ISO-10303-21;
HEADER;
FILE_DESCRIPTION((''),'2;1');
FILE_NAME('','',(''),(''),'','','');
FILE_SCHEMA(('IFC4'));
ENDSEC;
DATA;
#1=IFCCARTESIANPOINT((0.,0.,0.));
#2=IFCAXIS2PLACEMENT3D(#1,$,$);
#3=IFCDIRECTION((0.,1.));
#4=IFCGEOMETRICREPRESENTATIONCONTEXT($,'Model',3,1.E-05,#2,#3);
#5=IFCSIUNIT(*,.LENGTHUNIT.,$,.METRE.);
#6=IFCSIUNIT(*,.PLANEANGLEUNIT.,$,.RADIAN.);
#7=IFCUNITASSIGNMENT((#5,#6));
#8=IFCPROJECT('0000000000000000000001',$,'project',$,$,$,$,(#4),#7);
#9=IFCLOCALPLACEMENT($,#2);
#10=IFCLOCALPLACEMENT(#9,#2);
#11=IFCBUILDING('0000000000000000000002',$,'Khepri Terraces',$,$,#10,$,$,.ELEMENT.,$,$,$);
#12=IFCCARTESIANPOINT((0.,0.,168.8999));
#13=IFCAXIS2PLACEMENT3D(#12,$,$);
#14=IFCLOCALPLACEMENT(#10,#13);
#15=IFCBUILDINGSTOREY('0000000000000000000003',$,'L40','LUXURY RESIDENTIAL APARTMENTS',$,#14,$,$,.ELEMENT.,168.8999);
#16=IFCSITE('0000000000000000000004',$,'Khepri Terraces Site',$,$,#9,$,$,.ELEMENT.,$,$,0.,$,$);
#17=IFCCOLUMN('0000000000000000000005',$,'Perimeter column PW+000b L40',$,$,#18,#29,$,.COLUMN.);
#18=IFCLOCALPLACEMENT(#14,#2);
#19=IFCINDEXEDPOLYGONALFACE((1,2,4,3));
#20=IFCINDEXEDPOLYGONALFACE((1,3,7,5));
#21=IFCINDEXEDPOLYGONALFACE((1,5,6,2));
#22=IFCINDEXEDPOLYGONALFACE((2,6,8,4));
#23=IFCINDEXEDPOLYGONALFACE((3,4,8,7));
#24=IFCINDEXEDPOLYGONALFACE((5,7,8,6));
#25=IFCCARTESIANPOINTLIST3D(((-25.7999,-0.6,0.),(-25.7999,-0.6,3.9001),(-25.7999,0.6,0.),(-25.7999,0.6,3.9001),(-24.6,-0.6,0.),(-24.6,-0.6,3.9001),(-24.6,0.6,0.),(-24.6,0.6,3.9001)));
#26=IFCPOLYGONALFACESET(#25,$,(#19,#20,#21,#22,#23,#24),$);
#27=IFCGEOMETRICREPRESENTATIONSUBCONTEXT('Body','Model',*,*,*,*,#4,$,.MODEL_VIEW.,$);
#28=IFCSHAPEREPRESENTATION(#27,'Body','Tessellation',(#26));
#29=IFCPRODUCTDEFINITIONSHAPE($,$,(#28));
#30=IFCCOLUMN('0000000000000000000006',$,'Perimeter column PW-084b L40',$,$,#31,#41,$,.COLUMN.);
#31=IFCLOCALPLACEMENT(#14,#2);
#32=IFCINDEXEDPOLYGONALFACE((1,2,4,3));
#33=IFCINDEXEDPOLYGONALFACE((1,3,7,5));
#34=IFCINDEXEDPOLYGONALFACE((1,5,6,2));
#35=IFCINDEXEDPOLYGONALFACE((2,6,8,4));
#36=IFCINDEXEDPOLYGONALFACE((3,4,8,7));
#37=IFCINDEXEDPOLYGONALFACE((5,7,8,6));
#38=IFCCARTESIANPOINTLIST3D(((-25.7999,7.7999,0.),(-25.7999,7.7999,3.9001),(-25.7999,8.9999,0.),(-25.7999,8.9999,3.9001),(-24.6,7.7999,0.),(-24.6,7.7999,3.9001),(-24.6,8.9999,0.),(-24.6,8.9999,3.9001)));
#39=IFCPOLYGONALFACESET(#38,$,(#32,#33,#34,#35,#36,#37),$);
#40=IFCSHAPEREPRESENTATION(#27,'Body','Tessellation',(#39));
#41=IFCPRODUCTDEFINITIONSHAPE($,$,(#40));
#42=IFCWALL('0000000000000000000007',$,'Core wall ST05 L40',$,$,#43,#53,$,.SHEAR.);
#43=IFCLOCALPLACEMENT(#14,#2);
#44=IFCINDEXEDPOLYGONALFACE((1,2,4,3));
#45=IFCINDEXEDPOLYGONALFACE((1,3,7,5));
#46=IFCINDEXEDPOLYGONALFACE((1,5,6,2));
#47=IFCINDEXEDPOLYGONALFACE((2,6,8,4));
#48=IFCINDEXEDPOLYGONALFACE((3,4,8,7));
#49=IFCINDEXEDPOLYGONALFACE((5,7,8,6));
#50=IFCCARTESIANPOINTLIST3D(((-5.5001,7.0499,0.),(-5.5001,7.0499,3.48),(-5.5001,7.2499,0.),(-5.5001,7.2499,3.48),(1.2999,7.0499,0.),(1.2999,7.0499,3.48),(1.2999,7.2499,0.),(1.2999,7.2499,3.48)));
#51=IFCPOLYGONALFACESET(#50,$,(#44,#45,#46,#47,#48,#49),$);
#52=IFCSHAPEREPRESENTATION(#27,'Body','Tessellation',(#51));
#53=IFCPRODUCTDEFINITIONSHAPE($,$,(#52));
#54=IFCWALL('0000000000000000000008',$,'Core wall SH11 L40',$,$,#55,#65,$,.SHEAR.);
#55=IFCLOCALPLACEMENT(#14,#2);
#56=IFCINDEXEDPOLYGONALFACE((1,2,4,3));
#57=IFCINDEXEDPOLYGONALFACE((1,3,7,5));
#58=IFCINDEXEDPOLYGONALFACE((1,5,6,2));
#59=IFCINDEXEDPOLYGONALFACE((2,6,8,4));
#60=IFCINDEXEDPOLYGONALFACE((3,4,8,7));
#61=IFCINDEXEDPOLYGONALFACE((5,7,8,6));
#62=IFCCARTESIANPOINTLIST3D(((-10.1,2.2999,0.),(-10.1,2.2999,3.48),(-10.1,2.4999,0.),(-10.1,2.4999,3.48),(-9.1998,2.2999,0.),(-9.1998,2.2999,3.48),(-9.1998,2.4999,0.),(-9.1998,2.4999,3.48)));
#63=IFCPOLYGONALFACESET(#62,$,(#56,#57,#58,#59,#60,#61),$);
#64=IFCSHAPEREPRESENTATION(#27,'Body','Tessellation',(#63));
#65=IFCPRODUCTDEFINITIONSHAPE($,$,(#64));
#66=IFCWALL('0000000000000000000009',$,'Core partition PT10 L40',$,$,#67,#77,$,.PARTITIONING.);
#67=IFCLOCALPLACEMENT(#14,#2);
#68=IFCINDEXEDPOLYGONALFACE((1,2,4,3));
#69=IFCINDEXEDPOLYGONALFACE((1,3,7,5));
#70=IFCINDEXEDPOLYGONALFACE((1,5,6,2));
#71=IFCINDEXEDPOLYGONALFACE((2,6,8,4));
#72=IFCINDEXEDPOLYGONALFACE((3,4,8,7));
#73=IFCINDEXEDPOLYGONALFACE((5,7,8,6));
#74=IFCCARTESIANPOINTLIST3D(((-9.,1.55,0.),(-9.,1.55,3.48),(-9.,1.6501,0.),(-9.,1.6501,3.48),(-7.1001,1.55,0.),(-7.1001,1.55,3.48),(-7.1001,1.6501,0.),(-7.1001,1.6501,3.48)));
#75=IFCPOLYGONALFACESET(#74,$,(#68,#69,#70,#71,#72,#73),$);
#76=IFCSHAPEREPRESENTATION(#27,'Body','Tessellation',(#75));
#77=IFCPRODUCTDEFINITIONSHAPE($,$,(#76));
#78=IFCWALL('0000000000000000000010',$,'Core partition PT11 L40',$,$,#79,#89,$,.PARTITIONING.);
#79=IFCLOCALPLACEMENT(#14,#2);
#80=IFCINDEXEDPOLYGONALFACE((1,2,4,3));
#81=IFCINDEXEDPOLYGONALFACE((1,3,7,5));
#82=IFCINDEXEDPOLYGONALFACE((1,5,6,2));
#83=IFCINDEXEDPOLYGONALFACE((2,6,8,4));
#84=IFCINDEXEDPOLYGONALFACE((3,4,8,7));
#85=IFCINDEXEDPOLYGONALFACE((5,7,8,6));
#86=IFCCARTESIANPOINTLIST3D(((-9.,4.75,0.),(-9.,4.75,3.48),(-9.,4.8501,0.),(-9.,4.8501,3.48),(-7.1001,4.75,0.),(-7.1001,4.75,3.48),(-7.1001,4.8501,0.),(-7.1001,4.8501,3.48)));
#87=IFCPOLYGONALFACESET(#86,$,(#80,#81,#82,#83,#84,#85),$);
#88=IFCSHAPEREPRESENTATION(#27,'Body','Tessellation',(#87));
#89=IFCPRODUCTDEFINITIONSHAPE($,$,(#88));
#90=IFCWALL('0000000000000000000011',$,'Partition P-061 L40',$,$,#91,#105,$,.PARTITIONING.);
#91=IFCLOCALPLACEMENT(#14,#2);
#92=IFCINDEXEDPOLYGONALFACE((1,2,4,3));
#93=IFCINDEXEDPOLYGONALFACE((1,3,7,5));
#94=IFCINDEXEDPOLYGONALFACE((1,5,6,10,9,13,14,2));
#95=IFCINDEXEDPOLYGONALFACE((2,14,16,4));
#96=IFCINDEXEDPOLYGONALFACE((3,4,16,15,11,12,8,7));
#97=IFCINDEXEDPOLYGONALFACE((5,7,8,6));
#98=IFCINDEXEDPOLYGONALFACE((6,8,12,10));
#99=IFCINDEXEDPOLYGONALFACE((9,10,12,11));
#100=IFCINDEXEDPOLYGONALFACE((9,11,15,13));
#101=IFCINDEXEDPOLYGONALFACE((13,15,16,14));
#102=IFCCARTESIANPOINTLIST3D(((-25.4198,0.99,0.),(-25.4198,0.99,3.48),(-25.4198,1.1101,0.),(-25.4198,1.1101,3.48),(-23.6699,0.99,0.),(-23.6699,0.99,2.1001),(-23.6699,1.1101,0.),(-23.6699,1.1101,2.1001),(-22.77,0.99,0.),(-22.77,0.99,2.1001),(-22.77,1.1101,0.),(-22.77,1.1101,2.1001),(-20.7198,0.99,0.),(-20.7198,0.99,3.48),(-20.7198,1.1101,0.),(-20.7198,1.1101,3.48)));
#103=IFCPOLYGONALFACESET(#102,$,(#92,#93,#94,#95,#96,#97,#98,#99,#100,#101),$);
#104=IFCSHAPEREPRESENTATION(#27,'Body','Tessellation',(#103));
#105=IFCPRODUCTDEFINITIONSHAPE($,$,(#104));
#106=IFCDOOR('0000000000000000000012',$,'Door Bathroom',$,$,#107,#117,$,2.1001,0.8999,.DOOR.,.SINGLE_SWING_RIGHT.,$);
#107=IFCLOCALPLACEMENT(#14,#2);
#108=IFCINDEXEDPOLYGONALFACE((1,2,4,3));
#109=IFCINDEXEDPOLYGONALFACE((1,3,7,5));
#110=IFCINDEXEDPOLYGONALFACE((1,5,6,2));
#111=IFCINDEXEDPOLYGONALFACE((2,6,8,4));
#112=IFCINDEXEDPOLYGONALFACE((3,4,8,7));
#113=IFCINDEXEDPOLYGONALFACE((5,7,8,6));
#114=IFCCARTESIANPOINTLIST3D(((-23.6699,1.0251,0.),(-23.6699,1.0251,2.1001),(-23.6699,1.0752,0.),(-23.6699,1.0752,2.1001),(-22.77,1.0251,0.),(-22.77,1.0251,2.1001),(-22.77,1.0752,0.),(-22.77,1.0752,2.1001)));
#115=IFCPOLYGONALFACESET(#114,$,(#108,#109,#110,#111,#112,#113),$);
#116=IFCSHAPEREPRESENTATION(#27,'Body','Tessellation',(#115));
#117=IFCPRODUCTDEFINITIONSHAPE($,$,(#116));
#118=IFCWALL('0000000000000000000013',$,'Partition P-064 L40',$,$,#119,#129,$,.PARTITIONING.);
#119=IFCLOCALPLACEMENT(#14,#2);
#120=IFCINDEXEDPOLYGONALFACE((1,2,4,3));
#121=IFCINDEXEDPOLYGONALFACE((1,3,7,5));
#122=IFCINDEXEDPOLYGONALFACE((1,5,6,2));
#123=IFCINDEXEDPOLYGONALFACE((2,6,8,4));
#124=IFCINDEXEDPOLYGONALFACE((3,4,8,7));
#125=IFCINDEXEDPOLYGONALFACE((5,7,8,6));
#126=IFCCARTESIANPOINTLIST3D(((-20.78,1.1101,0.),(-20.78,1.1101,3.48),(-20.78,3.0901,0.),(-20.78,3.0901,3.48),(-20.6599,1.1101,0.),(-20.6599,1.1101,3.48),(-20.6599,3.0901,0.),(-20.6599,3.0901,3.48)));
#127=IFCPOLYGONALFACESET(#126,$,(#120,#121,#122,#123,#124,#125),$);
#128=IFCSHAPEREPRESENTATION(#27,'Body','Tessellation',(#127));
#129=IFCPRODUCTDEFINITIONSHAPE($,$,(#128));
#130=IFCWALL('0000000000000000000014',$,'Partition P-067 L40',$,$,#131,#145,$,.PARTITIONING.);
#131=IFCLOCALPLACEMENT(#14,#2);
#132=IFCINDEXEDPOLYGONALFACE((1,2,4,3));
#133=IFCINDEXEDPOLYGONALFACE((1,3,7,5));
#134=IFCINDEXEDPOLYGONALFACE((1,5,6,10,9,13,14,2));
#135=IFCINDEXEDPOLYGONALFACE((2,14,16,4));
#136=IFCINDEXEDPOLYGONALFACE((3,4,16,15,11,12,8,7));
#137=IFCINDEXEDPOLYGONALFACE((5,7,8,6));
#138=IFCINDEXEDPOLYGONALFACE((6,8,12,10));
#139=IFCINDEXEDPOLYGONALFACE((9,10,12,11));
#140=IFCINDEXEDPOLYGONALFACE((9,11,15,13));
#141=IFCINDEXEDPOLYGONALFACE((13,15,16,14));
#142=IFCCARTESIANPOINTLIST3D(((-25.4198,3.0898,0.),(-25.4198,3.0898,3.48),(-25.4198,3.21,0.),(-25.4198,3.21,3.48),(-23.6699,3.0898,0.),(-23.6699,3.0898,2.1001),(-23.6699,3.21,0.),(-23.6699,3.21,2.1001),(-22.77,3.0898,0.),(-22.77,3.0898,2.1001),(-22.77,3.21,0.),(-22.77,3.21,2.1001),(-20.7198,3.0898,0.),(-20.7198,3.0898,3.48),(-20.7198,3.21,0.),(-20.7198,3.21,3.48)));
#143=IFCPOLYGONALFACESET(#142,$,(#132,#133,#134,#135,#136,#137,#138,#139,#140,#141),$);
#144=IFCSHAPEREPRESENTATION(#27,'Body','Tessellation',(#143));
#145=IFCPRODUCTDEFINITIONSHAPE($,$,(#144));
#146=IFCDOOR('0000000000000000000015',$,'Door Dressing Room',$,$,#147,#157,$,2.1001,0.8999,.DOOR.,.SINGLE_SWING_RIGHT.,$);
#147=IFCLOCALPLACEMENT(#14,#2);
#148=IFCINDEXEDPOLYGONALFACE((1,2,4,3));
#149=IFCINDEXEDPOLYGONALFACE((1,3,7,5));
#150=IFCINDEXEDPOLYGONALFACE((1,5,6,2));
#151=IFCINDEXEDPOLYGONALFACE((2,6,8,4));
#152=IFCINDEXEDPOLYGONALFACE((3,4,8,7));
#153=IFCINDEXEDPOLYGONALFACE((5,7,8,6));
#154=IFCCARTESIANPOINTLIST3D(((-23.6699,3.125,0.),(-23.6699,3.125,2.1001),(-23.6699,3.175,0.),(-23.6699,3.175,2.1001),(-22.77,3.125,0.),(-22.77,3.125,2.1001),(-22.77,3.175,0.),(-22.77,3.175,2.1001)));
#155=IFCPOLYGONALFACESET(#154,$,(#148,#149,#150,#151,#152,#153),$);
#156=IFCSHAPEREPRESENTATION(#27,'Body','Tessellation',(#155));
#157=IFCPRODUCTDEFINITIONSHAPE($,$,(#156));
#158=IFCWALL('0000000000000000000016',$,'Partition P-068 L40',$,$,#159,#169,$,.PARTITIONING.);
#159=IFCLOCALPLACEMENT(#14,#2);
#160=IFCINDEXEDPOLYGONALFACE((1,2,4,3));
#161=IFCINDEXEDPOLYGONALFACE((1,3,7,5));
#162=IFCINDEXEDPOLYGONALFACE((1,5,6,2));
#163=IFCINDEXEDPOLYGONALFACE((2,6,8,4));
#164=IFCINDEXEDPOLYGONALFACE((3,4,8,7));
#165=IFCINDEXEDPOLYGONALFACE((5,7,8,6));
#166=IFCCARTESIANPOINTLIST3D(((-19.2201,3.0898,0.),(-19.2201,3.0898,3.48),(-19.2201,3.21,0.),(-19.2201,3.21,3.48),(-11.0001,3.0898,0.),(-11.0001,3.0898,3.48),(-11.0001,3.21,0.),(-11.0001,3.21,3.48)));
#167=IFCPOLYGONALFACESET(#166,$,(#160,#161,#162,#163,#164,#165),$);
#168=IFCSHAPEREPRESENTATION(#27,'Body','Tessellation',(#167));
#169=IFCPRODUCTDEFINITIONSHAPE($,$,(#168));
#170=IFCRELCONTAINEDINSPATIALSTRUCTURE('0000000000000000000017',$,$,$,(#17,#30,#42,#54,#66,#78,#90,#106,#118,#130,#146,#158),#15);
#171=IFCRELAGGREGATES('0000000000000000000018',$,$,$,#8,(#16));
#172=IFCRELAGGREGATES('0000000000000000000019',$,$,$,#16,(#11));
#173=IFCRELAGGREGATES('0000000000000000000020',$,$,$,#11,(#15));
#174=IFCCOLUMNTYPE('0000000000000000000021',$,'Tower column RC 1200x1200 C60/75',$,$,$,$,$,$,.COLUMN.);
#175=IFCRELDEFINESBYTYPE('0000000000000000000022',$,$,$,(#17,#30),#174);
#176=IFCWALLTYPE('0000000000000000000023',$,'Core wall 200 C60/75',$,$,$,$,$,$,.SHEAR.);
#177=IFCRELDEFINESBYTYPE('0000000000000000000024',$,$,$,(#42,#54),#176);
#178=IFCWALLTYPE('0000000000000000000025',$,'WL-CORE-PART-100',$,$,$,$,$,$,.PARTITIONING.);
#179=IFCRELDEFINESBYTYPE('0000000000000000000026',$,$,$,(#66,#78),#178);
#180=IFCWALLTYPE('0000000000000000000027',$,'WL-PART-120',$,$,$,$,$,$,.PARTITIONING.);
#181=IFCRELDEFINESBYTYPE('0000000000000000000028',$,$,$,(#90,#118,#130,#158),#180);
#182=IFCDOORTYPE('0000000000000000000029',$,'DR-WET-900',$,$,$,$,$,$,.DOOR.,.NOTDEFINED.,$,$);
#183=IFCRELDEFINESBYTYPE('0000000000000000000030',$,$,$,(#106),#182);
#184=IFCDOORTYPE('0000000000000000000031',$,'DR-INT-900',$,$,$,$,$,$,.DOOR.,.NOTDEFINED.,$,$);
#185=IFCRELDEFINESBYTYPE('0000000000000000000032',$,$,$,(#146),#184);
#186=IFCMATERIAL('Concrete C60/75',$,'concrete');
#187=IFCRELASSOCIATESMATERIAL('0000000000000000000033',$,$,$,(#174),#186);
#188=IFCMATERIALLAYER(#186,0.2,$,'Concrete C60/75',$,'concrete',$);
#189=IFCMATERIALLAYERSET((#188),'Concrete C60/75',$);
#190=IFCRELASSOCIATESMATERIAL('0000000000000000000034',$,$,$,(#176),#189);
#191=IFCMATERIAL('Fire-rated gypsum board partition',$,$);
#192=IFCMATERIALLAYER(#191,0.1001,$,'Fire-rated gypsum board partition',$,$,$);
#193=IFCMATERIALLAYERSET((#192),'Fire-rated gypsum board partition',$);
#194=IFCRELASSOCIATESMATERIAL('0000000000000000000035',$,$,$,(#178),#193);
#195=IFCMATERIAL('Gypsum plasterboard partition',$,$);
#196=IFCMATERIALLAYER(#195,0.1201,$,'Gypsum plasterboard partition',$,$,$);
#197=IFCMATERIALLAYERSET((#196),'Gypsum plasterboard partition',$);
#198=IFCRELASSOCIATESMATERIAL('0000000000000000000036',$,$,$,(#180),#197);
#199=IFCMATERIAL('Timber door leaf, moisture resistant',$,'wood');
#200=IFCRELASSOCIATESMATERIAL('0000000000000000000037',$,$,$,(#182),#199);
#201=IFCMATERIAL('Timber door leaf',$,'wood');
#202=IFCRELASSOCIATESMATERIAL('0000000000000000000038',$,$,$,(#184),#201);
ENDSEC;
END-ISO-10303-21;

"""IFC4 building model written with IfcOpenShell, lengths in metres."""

from ifc_helpers import new_model, si_unit, direction, frame, frame_2d, origin, origin_2d, place, context, subcontext, project, spatial, rectangle, extrude, material, layer, layer_set, material_profile, profile_set, type_object, element, fill, save


model = new_model("IFC4")

# Units and contexts
model_context = context("Model", 3, precision=1e-05, world=origin(), true_north=direction((0.0, 1.0)))
body_context = subcontext(model_context, "Body", "Model", "MODEL_VIEW")
ifc_project = project(units=[si_unit("LENGTHUNIT", "METRE"), si_unit("PLANEANGLEUNIT", "RADIAN")], contexts=[model_context])

# Site, building, storey
site_placement = place(None, origin())
site = spatial("IfcSite", under=ifc_project, at=site_placement, Name="Khepri Terraces Site", CompositionType="ELEMENT", RefElevation=0.0)
building_placement = place(site_placement, origin())
building = spatial("IfcBuilding", under=site, at=building_placement, Name="Khepri Terraces", CompositionType="ELEMENT")
storey_placement = place(building_placement, frame((0.0, 0.0, 168.8999)))
storey = spatial("IfcBuildingStorey", under=building, at=storey_placement, Name="L40", Description="LUXURY RESIDENTIAL APARTMENTS", CompositionType="ELEMENT", Elevation=168.8999)

# Columns
ifc_material_1 = material(Name="Concrete C60/75", Category="concrete")
ifc_material_profile = material_profile(ifc_material_1, rectangle(XDim=1.2, YDim=1.2, at=origin_2d()), Name="Concrete C60/75", Category="concrete")
ifc_profile_set = profile_set([ifc_material_profile], Name="Concrete C60/75")
column_type = type_object("IfcColumnType", Name="Tower column RC 1200x1200 C60/75", PredefinedType="COLUMN", material=ifc_profile_set)
for number, where, z_axis, x_axis, name in (
    (1, (-25.2, 0.0, 0.0), (0.0, 0.0, 1.0), (1.0, 0.0, 0.0), "Perimeter column PW+000b L40"),
    (2, (-25.2, 8.3999, 0.0), (0.0, 0.0, 1.0), (1.0, 0.0, 0.0), "Perimeter column PW-084b L40"),
):
    element("IfcColumn", number, at=place(storey_placement, frame(where, z_axis=z_axis, x_axis=x_axis)), inside=storey, type_object=column_type, Name=name, PredefinedType="COLUMN", context=body_context, shape_type="SweptSolid", body=[
        extrude(rectangle(XDim=1.2, YDim=1.2, at=origin_2d()), origin(), (0.0, 0.0, 1.0), 3.9001),
    ])

# Walls
ifc_layer_1 = layer(ifc_material_1, 0.2, Name="Concrete C60/75", Category="concrete")
ifc_layer_set_1 = layer_set([ifc_layer_1], Name="Concrete C60/75")
wall_type_1 = type_object("IfcWallType", Name="Core wall 200 C60/75", PredefinedType="SHEAR", material=ifc_layer_set_1)
wall_1_placement = place(storey_placement, frame((-5.5, 7.1499, 0.0), z_axis=(0.0, 0.0, 1.0), x_axis=(1.0, 0.0, 0.0)))
element("IfcWall", 3, at=wall_1_placement, inside=storey, type_object=wall_type_1, Name="Core wall ST05 L40", PredefinedType="SHEAR", context=body_context, shape_type="SweptSolid", body=[
    extrude(rectangle(XDim=6.8, YDim=0.2, at=frame_2d((3.3999, 0.0))), origin(), (0.0, 0.0, 1.0), 3.48),
])
wall_2_placement = place(storey_placement, frame((-10.1001, 2.3999, 0.0), z_axis=(0.0, 0.0, 1.0), x_axis=(1.0, 0.0, 0.0)))
element("IfcWall", 4, at=wall_2_placement, inside=storey, type_object=wall_type_1, Name="Core wall SH11 L40", PredefinedType="SHEAR", context=body_context, shape_type="SweptSolid", body=[
    extrude(rectangle(XDim=0.9001, YDim=0.2, at=frame_2d((0.4502, 0.0))), origin(), (0.0, 0.0, 1.0), 3.48),
])
ifc_material_2 = material(Name="Fire-rated gypsum board partition")
ifc_layer_2 = layer(ifc_material_2, 0.1001, Name="Fire-rated gypsum board partition")
ifc_layer_set_2 = layer_set([ifc_layer_2], Name="Fire-rated gypsum board partition")
wall_type_2 = type_object("IfcWallType", Name="WL-CORE-PART-100", PredefinedType="PARTITIONING", material=ifc_layer_set_2)
for number, where, z_axis, x_axis, name in (
    (5, (-9.0, 1.6001, 0.0), (0.0, 0.0, 1.0), (1.0, 0.0, 0.0), "Core partition PT10 L40"),
    (6, (-9.0, 4.8, 0.0), (0.0, 0.0, 1.0), (1.0, 0.0, 0.0), "Core partition PT11 L40"),
):
    element("IfcWall", number, at=place(storey_placement, frame(where, z_axis=z_axis, x_axis=x_axis)), inside=storey, type_object=wall_type_2, Name=name, PredefinedType="PARTITIONING", context=body_context, shape_type="SweptSolid", body=[
        extrude(rectangle(XDim=1.8999, YDim=0.1001, at=frame_2d((0.95, 0.0))), origin(), (0.0, 0.0, 1.0), 3.48),
    ])

# Wall, opening, door
ifc_material_3 = material(Name="Gypsum plasterboard partition")
ifc_layer_3 = layer(ifc_material_3, 0.1201, Name="Gypsum plasterboard partition")
ifc_layer_set_3 = layer_set([ifc_layer_3], Name="Gypsum plasterboard partition")
wall_type_3 = type_object("IfcWallType", Name="WL-PART-120", PredefinedType="PARTITIONING", material=ifc_layer_set_3)
wall_3_placement = place(storey_placement, frame((-25.4199, 1.05, 0.0), z_axis=(0.0, 0.0, 1.0), x_axis=(1.0, 0.0, 0.0)))
wall_3 = element("IfcWall", 7, at=wall_3_placement, inside=storey, type_object=wall_type_3, Name="Partition P-061 L40", PredefinedType="PARTITIONING", context=body_context, shape_type="SweptSolid", body=[
    extrude(rectangle(XDim=4.7, YDim=0.1201, at=frame_2d((2.3501, 0.0))), origin(), (0.0, 0.0, 1.0), 3.48),
])
opening_1_placement = place(wall_3_placement, frame((1.75, 0.0, 0.0)))
opening_1 = element("IfcOpeningElement", 8, at=opening_1_placement, cuts=wall_3, PredefinedType="OPENING", context=body_context, shape_type="SweptSolid", body=[
    extrude(rectangle(XDim=0.8999, YDim=2.1001, at=frame_2d((0.45, 1.05))), frame((0.0, 0.0701, 0.0), z_axis=(0.0, -1.0, 0.0), x_axis=(1.0, 0.0, 0.0)), (0.0, 0.0, 1.0), 0.1401),
])
ifc_material_4 = material(Name="Timber door leaf, moisture resistant", Category="wood")
door_type_1 = type_object("IfcDoorType", Name="DR-WET-900", OperationType="NOTDEFINED", PredefinedType="DOOR", material=ifc_material_4)
door_1_placement = place(opening_1_placement, frame((0.8999, 0.0, 0.0), z_axis=(0.0, 0.0, 1.0), x_axis=(-1.0, 0.0, 0.0)))
door_1 = element("IfcDoor", 9, at=door_1_placement, inside=storey, type_object=door_type_1, Name="Door Bathroom", OperationType="SINGLE_SWING_RIGHT", OverallHeight=2.1001, OverallWidth=0.8999, PredefinedType="DOOR", context=body_context, shape_type="SweptSolid", body=[
    extrude(rectangle(XDim=0.8999, YDim=2.1001, at=frame_2d((0.45, 1.05))), frame((0.0, 0.0249, 0.0), z_axis=(0.0, -1.0, 0.0), x_axis=(1.0, 0.0, 0.0)), (0.0, 0.0, 1.0), 0.05),
])
fill(opening_1, door_1)

# Wall
wall_4_placement = place(storey_placement, frame((-20.72, 1.1101, 0.0), z_axis=(0.0, 0.0, 1.0), x_axis=(0.0, 1.0, 0.0)))
element("IfcWall", 10, at=wall_4_placement, inside=storey, type_object=wall_type_3, Name="Partition P-064 L40", PredefinedType="PARTITIONING", context=body_context, shape_type="SweptSolid", body=[
    extrude(rectangle(XDim=1.98, YDim=0.1201, at=frame_2d((0.99, 0.0))), origin(), (0.0, 0.0, 1.0), 3.48),
])

# Wall, opening, door
wall_5_placement = place(storey_placement, frame((-25.4199, 3.1499, 0.0), z_axis=(0.0, 0.0, 1.0), x_axis=(1.0, 0.0, 0.0)))
wall_5 = element("IfcWall", 11, at=wall_5_placement, inside=storey, type_object=wall_type_3, Name="Partition P-067 L40", PredefinedType="PARTITIONING", context=body_context, shape_type="SweptSolid", body=[
    extrude(rectangle(XDim=4.7, YDim=0.1201, at=frame_2d((2.3501, 0.0))), origin(), (0.0, 0.0, 1.0), 3.48),
])
opening_2_placement = place(wall_5_placement, frame((1.75, 0.0, 0.0)))
opening_2 = element("IfcOpeningElement", 12, at=opening_2_placement, cuts=wall_5, PredefinedType="OPENING", context=body_context, shape_type="SweptSolid", body=[
    extrude(rectangle(XDim=0.8999, YDim=2.1001, at=frame_2d((0.45, 1.05))), frame((0.0, 0.0701, 0.0), z_axis=(0.0, -1.0, 0.0), x_axis=(1.0, 0.0, 0.0)), (0.0, 0.0, 1.0), 0.1401),
])
ifc_material_5 = material(Name="Timber door leaf", Category="wood")
door_type_2 = type_object("IfcDoorType", Name="DR-INT-900", OperationType="NOTDEFINED", PredefinedType="DOOR", material=ifc_material_5)
door_2_placement = place(opening_2_placement, frame((0.8999, 0.0, 0.0), z_axis=(0.0, 0.0, 1.0), x_axis=(-1.0, 0.0, 0.0)))
door_2 = element("IfcDoor", 13, at=door_2_placement, inside=storey, type_object=door_type_2, Name="Door Dressing Room", OperationType="SINGLE_SWING_RIGHT", OverallHeight=2.1001, OverallWidth=0.8999, PredefinedType="DOOR", context=body_context, shape_type="SweptSolid", body=[
    extrude(rectangle(XDim=0.8999, YDim=2.1001, at=frame_2d((0.45, 1.05))), frame((0.0, 0.0249, 0.0), z_axis=(0.0, -1.0, 0.0), x_axis=(1.0, 0.0, 0.0)), (0.0, 0.0, 1.0), 0.05),
])
fill(opening_2, door_2)

# Wall
wall_6_placement = place(storey_placement, frame((-19.22, 3.1499, 0.0), z_axis=(0.0, 0.0, 1.0), x_axis=(1.0, 0.0, 0.0)))
element("IfcWall", 14, at=wall_6_placement, inside=storey, type_object=wall_type_3, Name="Partition P-068 L40", PredefinedType="PARTITIONING", context=body_context, shape_type="SweptSolid", body=[
    extrude(rectangle(XDim=8.22, YDim=0.1201, at=frame_2d((4.1099, 0.0))), origin(), (0.0, 0.0, 1.0), 3.48),
])

save(model, "model.ifc")
